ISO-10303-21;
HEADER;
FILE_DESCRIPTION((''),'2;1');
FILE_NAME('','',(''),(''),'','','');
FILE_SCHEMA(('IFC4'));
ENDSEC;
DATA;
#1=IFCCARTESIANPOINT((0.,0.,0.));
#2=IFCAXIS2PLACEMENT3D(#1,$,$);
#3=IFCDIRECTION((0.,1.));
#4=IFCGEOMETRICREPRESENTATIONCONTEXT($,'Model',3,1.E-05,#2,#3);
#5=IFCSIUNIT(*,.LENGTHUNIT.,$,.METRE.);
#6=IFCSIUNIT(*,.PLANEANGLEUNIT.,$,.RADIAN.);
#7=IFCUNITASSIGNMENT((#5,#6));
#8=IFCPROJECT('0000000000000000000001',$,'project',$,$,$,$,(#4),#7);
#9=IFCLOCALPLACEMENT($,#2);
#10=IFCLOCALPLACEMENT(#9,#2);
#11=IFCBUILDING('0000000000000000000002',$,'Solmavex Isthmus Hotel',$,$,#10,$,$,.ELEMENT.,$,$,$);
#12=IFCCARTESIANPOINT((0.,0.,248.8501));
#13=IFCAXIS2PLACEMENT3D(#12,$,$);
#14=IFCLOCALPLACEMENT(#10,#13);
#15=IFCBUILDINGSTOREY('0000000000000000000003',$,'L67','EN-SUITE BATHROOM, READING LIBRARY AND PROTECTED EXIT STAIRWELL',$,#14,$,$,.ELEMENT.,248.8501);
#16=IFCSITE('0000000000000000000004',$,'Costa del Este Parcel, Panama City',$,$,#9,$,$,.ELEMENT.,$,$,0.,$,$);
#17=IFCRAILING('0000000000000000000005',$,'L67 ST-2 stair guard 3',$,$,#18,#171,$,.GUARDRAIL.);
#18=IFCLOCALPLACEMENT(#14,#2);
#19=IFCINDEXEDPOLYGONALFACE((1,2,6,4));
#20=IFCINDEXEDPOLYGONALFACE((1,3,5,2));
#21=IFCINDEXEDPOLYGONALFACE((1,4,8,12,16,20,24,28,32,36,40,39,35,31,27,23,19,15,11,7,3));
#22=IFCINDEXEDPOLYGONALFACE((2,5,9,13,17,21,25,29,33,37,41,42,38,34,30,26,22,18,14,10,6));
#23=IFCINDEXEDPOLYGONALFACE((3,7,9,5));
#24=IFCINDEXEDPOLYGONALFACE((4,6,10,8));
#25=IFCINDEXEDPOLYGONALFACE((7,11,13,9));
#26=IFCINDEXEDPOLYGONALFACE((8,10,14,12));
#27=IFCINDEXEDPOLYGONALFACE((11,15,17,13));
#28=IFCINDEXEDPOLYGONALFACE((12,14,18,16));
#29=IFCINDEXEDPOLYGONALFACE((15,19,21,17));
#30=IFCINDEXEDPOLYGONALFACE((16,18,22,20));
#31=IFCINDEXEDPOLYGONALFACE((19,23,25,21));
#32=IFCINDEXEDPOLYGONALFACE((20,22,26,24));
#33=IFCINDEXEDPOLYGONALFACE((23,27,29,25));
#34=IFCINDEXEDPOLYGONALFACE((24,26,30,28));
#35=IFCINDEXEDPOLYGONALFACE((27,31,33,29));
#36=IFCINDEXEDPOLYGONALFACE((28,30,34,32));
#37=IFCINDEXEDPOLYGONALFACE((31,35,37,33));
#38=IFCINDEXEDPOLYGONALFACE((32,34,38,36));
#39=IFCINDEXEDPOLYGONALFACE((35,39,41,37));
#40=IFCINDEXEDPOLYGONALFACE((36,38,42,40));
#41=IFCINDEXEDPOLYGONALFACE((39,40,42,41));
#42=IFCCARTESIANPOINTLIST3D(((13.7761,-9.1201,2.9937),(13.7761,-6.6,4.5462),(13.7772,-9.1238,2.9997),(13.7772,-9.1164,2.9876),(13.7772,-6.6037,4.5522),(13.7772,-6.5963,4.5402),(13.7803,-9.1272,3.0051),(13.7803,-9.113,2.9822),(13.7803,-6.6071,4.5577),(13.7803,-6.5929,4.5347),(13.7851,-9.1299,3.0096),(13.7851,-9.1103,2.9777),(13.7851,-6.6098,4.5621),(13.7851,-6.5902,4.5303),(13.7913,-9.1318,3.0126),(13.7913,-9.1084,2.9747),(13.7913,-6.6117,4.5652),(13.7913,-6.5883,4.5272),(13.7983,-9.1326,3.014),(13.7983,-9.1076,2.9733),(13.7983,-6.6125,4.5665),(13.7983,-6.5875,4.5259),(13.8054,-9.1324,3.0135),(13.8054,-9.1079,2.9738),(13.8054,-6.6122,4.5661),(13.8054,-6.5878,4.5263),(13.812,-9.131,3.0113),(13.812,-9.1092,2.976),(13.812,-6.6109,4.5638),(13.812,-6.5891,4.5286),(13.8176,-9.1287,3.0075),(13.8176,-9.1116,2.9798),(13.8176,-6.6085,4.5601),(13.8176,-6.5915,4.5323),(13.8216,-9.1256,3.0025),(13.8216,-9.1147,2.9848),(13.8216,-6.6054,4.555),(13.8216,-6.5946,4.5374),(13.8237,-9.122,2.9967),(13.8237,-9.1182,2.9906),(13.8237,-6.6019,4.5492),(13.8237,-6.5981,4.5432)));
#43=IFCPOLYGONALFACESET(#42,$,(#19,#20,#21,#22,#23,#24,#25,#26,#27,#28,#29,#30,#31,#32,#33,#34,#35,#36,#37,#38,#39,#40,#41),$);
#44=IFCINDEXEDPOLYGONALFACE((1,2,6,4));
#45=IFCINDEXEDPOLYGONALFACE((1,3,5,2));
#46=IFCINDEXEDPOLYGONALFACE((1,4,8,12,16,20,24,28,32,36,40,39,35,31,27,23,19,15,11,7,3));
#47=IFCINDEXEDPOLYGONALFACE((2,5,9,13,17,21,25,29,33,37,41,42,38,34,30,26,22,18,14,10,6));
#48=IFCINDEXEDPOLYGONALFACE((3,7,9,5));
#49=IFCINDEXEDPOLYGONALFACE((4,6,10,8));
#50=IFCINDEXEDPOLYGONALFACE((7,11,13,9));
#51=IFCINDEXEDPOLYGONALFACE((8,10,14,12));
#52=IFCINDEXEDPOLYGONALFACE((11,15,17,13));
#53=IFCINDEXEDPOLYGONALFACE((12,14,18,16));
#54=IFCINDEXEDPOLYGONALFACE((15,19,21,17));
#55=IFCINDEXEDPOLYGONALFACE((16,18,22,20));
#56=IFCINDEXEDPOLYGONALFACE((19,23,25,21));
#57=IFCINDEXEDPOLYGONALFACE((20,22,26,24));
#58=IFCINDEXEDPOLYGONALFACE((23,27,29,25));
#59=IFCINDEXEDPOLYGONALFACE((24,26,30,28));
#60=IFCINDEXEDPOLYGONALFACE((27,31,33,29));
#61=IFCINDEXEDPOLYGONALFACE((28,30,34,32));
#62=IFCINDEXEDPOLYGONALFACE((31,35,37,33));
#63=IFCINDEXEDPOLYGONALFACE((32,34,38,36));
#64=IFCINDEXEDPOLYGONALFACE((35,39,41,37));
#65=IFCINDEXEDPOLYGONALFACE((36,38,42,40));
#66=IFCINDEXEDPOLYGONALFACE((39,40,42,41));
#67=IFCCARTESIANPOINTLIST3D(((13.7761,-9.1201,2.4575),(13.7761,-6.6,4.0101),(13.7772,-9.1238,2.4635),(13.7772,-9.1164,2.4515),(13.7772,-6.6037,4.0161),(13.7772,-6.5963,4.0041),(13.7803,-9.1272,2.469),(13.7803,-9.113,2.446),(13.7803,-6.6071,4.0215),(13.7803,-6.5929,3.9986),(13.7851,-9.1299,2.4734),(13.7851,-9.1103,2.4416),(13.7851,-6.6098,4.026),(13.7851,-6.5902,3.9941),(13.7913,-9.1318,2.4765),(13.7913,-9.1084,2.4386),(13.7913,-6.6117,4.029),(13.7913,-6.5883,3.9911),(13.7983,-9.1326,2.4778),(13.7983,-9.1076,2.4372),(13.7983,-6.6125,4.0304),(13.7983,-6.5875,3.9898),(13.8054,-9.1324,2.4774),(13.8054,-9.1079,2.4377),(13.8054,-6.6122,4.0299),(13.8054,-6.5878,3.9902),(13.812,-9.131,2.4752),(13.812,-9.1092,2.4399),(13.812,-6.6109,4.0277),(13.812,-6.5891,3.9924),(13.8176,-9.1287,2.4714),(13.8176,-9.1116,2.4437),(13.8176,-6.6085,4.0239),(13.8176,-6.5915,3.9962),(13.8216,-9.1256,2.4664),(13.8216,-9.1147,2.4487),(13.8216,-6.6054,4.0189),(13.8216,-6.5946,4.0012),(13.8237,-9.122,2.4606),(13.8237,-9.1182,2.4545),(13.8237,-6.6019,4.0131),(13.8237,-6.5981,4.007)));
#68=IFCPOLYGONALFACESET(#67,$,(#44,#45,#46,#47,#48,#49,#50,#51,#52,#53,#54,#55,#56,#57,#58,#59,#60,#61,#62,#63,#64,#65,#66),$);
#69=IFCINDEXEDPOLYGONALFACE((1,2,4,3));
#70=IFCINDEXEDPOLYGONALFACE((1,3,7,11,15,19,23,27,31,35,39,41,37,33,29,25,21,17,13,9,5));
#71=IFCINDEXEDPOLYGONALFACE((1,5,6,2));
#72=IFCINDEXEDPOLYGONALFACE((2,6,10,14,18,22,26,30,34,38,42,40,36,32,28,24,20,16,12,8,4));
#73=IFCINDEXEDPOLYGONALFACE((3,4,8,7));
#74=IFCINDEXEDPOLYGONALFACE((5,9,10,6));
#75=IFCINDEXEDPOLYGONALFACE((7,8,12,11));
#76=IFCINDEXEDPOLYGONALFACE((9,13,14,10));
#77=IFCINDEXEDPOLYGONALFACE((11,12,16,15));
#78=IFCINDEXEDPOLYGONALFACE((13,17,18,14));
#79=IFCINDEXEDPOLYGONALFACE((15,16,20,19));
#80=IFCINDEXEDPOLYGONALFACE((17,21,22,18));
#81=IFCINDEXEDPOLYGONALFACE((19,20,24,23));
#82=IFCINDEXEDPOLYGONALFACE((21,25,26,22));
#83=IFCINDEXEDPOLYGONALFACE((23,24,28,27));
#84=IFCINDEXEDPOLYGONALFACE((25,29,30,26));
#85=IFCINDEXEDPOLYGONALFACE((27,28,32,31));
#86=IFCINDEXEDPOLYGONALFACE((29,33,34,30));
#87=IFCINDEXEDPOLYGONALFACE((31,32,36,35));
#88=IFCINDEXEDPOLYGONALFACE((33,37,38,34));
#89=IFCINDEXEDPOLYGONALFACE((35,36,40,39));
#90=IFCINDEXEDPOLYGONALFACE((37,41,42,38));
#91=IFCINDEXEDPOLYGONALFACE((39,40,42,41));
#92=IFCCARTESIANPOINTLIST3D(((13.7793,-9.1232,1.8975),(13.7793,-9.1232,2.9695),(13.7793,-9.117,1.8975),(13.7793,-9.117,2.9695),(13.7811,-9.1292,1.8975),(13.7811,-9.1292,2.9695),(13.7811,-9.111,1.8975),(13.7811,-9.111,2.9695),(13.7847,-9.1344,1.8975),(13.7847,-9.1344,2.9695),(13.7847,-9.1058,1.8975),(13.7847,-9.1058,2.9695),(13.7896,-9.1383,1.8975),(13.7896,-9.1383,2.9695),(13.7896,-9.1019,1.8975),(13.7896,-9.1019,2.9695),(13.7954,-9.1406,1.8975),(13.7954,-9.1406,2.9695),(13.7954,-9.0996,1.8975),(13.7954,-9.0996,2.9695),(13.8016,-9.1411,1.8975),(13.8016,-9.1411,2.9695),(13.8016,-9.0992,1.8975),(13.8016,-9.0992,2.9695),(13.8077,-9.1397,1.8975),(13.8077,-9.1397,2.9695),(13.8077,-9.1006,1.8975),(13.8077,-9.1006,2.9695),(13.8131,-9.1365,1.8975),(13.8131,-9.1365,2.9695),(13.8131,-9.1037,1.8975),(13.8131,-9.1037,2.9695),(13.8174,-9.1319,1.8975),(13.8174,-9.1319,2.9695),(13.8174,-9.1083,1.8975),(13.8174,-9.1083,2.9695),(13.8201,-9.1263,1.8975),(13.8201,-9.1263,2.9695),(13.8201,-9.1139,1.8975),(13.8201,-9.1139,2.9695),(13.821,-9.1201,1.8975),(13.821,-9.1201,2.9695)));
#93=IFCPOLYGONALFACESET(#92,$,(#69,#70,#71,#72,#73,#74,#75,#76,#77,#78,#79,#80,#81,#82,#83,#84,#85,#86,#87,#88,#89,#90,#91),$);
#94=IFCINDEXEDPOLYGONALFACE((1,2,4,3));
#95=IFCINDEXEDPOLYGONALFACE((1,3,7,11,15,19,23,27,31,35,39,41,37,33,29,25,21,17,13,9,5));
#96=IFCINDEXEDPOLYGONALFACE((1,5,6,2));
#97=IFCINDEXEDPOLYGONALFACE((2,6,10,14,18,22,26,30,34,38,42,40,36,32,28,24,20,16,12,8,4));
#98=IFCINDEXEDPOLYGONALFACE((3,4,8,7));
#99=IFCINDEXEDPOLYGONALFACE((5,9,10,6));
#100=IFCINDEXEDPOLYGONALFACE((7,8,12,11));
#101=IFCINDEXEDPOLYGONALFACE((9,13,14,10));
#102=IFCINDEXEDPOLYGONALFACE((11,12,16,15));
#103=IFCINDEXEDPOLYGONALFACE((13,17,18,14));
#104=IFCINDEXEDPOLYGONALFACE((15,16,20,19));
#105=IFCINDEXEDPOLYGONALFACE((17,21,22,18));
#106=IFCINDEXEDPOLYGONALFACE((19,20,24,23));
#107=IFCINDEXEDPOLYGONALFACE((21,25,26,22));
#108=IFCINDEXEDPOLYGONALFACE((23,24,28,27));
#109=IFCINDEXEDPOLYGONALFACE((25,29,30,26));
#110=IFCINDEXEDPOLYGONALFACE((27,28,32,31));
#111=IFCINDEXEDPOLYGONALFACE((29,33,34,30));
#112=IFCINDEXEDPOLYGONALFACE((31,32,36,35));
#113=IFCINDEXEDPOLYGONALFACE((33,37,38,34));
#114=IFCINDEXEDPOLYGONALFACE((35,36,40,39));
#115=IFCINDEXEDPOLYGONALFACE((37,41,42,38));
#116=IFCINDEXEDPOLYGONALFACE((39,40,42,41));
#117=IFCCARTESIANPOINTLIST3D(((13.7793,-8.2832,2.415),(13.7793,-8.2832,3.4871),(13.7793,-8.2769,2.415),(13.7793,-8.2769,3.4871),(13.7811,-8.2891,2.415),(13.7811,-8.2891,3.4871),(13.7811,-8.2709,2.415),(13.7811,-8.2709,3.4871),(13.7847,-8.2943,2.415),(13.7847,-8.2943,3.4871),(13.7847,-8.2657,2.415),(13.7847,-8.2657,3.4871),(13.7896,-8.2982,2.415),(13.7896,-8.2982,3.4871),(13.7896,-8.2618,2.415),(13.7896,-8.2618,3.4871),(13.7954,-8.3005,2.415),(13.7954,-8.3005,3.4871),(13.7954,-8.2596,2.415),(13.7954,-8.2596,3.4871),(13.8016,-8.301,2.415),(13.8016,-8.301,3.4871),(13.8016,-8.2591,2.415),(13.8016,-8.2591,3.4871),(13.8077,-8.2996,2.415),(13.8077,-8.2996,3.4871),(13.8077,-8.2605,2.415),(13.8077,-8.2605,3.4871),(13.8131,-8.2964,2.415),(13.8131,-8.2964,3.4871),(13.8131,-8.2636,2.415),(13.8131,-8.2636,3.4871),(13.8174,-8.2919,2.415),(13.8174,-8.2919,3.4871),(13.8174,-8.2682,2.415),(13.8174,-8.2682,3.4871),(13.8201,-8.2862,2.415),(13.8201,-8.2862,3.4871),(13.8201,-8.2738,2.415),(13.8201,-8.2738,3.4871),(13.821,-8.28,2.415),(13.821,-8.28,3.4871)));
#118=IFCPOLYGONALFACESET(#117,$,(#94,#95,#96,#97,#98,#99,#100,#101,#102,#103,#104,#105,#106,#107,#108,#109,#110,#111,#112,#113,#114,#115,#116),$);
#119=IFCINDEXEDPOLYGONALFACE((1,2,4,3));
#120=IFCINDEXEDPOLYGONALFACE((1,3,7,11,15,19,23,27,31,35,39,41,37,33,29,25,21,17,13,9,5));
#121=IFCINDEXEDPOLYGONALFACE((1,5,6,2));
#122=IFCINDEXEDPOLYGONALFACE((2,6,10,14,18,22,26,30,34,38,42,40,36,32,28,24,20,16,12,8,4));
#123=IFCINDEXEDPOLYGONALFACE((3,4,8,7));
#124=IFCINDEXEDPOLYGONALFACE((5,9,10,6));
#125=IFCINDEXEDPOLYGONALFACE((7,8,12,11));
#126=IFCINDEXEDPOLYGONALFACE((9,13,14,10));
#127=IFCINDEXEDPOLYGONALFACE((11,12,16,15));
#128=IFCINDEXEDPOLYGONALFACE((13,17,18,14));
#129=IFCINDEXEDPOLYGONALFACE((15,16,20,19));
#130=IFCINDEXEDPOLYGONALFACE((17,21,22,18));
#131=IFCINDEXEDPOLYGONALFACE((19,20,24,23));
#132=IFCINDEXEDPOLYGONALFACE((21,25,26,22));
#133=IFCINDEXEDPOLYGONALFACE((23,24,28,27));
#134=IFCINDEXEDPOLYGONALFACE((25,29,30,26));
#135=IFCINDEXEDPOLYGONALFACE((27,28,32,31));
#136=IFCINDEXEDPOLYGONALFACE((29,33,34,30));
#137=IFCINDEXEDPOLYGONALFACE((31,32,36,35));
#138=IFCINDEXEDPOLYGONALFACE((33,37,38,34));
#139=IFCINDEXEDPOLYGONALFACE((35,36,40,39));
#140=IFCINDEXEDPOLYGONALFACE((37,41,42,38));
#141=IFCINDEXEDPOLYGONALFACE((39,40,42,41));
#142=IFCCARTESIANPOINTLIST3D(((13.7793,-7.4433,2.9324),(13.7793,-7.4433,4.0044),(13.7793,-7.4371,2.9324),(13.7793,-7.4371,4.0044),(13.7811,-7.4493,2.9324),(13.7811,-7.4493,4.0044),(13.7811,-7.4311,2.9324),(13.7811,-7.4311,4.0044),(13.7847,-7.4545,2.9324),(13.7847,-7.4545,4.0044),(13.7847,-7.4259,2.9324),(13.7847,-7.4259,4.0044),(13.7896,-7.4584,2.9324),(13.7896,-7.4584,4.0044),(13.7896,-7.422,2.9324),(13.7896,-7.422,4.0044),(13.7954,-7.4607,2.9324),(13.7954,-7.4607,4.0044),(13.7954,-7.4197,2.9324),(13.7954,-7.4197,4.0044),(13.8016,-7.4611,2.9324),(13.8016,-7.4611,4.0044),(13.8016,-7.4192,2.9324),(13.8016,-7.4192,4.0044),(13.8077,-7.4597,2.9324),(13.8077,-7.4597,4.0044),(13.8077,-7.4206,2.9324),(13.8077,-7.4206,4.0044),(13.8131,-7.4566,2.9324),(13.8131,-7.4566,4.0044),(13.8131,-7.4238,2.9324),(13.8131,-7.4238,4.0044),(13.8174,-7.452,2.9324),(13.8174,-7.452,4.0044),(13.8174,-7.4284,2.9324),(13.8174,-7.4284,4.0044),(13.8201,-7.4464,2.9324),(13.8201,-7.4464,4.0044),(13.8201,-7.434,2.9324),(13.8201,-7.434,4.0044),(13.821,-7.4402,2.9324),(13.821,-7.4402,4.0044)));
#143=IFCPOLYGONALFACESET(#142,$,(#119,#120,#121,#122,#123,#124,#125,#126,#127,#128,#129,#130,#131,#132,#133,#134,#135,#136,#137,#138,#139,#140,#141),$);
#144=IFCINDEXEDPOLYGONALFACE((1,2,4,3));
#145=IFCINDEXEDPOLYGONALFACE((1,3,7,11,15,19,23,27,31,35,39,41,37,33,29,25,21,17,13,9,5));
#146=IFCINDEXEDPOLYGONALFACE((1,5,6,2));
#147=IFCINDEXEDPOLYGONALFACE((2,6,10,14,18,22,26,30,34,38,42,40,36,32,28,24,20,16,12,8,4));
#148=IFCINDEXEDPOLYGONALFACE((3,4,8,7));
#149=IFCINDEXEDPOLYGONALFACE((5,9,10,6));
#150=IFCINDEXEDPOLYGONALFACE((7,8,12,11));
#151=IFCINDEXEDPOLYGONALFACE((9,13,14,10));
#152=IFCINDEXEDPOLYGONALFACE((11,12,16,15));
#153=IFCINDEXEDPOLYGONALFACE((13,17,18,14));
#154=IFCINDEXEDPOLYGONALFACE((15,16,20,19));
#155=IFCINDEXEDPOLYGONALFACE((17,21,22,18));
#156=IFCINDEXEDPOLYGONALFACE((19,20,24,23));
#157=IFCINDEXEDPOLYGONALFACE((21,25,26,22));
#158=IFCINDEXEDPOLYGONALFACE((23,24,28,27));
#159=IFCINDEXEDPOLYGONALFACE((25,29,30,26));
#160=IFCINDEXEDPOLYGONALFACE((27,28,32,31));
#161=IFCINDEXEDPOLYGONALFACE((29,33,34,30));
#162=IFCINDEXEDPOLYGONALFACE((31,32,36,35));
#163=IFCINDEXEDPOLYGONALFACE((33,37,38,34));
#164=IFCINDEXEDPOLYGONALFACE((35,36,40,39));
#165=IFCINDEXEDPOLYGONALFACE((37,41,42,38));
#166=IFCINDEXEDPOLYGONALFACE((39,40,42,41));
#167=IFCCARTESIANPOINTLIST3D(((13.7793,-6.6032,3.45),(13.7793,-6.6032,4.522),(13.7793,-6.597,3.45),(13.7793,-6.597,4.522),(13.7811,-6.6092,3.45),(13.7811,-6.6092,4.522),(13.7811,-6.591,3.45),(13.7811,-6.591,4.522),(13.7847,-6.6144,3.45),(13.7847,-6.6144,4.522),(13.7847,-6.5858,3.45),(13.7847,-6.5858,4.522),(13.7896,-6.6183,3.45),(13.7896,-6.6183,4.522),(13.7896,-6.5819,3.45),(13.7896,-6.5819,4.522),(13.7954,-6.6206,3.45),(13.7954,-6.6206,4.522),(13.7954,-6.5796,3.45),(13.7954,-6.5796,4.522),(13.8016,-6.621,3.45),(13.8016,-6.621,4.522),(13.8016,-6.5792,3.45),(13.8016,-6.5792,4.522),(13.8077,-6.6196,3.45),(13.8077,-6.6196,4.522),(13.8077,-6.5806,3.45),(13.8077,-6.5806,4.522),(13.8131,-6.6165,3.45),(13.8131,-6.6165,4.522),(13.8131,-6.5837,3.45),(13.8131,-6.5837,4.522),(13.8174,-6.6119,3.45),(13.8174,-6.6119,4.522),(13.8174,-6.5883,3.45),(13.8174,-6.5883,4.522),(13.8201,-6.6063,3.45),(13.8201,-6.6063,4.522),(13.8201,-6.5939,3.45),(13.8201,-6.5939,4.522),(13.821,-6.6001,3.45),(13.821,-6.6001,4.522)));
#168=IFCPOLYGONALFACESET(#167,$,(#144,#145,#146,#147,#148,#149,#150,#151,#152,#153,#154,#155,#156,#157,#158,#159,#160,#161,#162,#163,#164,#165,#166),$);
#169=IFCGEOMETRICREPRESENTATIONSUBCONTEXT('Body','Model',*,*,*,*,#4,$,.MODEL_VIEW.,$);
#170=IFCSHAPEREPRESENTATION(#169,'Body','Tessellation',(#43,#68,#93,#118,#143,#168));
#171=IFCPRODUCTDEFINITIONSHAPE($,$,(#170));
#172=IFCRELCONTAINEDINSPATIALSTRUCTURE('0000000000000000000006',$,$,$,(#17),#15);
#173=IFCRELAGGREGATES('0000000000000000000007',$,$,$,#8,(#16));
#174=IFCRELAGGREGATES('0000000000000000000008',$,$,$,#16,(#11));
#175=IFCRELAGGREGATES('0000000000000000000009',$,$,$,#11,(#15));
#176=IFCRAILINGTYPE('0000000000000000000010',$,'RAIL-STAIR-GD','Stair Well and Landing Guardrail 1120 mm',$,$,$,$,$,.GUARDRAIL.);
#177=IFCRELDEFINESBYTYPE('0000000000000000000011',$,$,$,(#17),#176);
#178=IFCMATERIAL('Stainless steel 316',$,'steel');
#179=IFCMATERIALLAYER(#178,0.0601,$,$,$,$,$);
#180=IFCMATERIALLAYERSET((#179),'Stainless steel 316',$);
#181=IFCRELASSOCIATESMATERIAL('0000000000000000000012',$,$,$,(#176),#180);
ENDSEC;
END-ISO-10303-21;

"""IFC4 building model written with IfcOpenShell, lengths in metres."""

from ifc_helpers import new_model, si_unit, direction, frame, origin, origin_2d, place, context, subcontext, project, spatial, circle, extrude, material, layer, layer_set, type_object, element, save


model = new_model("IFC4")

# Units and contexts
model_context = context("Model", 3, precision=1e-05, world=origin(), true_north=direction((0.0, 1.0)))
body_context = subcontext(model_context, "Body", "Model", "MODEL_VIEW")
ifc_project = project(units=[si_unit("LENGTHUNIT", "METRE"), si_unit("PLANEANGLEUNIT", "RADIAN")], contexts=[model_context])

# Site, building, storey
site_placement = place(None, origin())
site = spatial("IfcSite", under=ifc_project, at=site_placement, Name="Costa del Este Parcel, Panama City", CompositionType="ELEMENT", RefElevation=0.0)
building_placement = place(site_placement, origin())
building = spatial("IfcBuilding", under=site, at=building_placement, Name="Solmavex Isthmus Hotel", CompositionType="ELEMENT")
storey_placement = place(building_placement, frame((0.0, 0.0, 248.8501)))
storey = spatial("IfcBuildingStorey", under=building, at=storey_placement, Name="L67", Description="EN-SUITE BATHROOM, READING LIBRARY AND PROTECTED EXIT STAIRWELL", CompositionType="ELEMENT", Elevation=248.8501)

# Shared definitions
ifc_material_1 = material(Name="Stainless steel 316", Category="steel")

# Railing
ifc_layer_1 = layer(ifc_material_1, 0.0601)
ifc_layer_set_1 = layer_set([ifc_layer_1], Name="Stainless steel 316")
railing_type_1 = type_object("IfcRailingType", Name="RAIL-STAIR-GD", Description="Stair Well and Landing Guardrail 1120 mm", PredefinedType="GUARDRAIL", material=ifc_layer_set_1)
railing_1_placement = place(storey_placement, frame((13.8, -9.1201, 1.8975)))
element("IfcRailing", 1, at=railing_1_placement, inside=storey, type_object=railing_type_1, Name="L67 ST-2 stair guard 3", PredefinedType="GUARDRAIL", context=body_context, shape_type="SweptSolid", body=[
    extrude(circle(Radius=0.0239, at=origin_2d()), frame((0.0, 0.0, 1.0962), z_axis=(0.0, 0.8514, 0.524516), x_axis=(-1.0, 0.0, 0.0)), (0.0, 0.0, 1.0), 2.96),
    extrude(circle(Radius=0.0239, at=origin_2d()), frame((0.0, 0.0, 0.5601), z_axis=(0.0, 0.8514, 0.524516), x_axis=(-1.0, 0.0, 0.0)), (0.0, 0.0, 1.0), 2.96),
    extrude(circle(Radius=0.021, at=origin_2d()), origin(), (0.0, 0.0, 1.0), 1.072),
    extrude(circle(Radius=0.021, at=origin_2d()), frame((0.0, 0.8401, 0.5176)), (0.0, 0.0, 1.0), 1.072),
    extrude(circle(Radius=0.021, at=origin_2d()), frame((0.0, 1.6799, 1.0349)), (0.0, 0.0, 1.0), 1.072),
    extrude(circle(Radius=0.021, at=origin_2d()), frame((0.0, 2.52, 1.5525)), (0.0, 0.0, 1.0), 1.072),
])

save(model, "model.ifc")
